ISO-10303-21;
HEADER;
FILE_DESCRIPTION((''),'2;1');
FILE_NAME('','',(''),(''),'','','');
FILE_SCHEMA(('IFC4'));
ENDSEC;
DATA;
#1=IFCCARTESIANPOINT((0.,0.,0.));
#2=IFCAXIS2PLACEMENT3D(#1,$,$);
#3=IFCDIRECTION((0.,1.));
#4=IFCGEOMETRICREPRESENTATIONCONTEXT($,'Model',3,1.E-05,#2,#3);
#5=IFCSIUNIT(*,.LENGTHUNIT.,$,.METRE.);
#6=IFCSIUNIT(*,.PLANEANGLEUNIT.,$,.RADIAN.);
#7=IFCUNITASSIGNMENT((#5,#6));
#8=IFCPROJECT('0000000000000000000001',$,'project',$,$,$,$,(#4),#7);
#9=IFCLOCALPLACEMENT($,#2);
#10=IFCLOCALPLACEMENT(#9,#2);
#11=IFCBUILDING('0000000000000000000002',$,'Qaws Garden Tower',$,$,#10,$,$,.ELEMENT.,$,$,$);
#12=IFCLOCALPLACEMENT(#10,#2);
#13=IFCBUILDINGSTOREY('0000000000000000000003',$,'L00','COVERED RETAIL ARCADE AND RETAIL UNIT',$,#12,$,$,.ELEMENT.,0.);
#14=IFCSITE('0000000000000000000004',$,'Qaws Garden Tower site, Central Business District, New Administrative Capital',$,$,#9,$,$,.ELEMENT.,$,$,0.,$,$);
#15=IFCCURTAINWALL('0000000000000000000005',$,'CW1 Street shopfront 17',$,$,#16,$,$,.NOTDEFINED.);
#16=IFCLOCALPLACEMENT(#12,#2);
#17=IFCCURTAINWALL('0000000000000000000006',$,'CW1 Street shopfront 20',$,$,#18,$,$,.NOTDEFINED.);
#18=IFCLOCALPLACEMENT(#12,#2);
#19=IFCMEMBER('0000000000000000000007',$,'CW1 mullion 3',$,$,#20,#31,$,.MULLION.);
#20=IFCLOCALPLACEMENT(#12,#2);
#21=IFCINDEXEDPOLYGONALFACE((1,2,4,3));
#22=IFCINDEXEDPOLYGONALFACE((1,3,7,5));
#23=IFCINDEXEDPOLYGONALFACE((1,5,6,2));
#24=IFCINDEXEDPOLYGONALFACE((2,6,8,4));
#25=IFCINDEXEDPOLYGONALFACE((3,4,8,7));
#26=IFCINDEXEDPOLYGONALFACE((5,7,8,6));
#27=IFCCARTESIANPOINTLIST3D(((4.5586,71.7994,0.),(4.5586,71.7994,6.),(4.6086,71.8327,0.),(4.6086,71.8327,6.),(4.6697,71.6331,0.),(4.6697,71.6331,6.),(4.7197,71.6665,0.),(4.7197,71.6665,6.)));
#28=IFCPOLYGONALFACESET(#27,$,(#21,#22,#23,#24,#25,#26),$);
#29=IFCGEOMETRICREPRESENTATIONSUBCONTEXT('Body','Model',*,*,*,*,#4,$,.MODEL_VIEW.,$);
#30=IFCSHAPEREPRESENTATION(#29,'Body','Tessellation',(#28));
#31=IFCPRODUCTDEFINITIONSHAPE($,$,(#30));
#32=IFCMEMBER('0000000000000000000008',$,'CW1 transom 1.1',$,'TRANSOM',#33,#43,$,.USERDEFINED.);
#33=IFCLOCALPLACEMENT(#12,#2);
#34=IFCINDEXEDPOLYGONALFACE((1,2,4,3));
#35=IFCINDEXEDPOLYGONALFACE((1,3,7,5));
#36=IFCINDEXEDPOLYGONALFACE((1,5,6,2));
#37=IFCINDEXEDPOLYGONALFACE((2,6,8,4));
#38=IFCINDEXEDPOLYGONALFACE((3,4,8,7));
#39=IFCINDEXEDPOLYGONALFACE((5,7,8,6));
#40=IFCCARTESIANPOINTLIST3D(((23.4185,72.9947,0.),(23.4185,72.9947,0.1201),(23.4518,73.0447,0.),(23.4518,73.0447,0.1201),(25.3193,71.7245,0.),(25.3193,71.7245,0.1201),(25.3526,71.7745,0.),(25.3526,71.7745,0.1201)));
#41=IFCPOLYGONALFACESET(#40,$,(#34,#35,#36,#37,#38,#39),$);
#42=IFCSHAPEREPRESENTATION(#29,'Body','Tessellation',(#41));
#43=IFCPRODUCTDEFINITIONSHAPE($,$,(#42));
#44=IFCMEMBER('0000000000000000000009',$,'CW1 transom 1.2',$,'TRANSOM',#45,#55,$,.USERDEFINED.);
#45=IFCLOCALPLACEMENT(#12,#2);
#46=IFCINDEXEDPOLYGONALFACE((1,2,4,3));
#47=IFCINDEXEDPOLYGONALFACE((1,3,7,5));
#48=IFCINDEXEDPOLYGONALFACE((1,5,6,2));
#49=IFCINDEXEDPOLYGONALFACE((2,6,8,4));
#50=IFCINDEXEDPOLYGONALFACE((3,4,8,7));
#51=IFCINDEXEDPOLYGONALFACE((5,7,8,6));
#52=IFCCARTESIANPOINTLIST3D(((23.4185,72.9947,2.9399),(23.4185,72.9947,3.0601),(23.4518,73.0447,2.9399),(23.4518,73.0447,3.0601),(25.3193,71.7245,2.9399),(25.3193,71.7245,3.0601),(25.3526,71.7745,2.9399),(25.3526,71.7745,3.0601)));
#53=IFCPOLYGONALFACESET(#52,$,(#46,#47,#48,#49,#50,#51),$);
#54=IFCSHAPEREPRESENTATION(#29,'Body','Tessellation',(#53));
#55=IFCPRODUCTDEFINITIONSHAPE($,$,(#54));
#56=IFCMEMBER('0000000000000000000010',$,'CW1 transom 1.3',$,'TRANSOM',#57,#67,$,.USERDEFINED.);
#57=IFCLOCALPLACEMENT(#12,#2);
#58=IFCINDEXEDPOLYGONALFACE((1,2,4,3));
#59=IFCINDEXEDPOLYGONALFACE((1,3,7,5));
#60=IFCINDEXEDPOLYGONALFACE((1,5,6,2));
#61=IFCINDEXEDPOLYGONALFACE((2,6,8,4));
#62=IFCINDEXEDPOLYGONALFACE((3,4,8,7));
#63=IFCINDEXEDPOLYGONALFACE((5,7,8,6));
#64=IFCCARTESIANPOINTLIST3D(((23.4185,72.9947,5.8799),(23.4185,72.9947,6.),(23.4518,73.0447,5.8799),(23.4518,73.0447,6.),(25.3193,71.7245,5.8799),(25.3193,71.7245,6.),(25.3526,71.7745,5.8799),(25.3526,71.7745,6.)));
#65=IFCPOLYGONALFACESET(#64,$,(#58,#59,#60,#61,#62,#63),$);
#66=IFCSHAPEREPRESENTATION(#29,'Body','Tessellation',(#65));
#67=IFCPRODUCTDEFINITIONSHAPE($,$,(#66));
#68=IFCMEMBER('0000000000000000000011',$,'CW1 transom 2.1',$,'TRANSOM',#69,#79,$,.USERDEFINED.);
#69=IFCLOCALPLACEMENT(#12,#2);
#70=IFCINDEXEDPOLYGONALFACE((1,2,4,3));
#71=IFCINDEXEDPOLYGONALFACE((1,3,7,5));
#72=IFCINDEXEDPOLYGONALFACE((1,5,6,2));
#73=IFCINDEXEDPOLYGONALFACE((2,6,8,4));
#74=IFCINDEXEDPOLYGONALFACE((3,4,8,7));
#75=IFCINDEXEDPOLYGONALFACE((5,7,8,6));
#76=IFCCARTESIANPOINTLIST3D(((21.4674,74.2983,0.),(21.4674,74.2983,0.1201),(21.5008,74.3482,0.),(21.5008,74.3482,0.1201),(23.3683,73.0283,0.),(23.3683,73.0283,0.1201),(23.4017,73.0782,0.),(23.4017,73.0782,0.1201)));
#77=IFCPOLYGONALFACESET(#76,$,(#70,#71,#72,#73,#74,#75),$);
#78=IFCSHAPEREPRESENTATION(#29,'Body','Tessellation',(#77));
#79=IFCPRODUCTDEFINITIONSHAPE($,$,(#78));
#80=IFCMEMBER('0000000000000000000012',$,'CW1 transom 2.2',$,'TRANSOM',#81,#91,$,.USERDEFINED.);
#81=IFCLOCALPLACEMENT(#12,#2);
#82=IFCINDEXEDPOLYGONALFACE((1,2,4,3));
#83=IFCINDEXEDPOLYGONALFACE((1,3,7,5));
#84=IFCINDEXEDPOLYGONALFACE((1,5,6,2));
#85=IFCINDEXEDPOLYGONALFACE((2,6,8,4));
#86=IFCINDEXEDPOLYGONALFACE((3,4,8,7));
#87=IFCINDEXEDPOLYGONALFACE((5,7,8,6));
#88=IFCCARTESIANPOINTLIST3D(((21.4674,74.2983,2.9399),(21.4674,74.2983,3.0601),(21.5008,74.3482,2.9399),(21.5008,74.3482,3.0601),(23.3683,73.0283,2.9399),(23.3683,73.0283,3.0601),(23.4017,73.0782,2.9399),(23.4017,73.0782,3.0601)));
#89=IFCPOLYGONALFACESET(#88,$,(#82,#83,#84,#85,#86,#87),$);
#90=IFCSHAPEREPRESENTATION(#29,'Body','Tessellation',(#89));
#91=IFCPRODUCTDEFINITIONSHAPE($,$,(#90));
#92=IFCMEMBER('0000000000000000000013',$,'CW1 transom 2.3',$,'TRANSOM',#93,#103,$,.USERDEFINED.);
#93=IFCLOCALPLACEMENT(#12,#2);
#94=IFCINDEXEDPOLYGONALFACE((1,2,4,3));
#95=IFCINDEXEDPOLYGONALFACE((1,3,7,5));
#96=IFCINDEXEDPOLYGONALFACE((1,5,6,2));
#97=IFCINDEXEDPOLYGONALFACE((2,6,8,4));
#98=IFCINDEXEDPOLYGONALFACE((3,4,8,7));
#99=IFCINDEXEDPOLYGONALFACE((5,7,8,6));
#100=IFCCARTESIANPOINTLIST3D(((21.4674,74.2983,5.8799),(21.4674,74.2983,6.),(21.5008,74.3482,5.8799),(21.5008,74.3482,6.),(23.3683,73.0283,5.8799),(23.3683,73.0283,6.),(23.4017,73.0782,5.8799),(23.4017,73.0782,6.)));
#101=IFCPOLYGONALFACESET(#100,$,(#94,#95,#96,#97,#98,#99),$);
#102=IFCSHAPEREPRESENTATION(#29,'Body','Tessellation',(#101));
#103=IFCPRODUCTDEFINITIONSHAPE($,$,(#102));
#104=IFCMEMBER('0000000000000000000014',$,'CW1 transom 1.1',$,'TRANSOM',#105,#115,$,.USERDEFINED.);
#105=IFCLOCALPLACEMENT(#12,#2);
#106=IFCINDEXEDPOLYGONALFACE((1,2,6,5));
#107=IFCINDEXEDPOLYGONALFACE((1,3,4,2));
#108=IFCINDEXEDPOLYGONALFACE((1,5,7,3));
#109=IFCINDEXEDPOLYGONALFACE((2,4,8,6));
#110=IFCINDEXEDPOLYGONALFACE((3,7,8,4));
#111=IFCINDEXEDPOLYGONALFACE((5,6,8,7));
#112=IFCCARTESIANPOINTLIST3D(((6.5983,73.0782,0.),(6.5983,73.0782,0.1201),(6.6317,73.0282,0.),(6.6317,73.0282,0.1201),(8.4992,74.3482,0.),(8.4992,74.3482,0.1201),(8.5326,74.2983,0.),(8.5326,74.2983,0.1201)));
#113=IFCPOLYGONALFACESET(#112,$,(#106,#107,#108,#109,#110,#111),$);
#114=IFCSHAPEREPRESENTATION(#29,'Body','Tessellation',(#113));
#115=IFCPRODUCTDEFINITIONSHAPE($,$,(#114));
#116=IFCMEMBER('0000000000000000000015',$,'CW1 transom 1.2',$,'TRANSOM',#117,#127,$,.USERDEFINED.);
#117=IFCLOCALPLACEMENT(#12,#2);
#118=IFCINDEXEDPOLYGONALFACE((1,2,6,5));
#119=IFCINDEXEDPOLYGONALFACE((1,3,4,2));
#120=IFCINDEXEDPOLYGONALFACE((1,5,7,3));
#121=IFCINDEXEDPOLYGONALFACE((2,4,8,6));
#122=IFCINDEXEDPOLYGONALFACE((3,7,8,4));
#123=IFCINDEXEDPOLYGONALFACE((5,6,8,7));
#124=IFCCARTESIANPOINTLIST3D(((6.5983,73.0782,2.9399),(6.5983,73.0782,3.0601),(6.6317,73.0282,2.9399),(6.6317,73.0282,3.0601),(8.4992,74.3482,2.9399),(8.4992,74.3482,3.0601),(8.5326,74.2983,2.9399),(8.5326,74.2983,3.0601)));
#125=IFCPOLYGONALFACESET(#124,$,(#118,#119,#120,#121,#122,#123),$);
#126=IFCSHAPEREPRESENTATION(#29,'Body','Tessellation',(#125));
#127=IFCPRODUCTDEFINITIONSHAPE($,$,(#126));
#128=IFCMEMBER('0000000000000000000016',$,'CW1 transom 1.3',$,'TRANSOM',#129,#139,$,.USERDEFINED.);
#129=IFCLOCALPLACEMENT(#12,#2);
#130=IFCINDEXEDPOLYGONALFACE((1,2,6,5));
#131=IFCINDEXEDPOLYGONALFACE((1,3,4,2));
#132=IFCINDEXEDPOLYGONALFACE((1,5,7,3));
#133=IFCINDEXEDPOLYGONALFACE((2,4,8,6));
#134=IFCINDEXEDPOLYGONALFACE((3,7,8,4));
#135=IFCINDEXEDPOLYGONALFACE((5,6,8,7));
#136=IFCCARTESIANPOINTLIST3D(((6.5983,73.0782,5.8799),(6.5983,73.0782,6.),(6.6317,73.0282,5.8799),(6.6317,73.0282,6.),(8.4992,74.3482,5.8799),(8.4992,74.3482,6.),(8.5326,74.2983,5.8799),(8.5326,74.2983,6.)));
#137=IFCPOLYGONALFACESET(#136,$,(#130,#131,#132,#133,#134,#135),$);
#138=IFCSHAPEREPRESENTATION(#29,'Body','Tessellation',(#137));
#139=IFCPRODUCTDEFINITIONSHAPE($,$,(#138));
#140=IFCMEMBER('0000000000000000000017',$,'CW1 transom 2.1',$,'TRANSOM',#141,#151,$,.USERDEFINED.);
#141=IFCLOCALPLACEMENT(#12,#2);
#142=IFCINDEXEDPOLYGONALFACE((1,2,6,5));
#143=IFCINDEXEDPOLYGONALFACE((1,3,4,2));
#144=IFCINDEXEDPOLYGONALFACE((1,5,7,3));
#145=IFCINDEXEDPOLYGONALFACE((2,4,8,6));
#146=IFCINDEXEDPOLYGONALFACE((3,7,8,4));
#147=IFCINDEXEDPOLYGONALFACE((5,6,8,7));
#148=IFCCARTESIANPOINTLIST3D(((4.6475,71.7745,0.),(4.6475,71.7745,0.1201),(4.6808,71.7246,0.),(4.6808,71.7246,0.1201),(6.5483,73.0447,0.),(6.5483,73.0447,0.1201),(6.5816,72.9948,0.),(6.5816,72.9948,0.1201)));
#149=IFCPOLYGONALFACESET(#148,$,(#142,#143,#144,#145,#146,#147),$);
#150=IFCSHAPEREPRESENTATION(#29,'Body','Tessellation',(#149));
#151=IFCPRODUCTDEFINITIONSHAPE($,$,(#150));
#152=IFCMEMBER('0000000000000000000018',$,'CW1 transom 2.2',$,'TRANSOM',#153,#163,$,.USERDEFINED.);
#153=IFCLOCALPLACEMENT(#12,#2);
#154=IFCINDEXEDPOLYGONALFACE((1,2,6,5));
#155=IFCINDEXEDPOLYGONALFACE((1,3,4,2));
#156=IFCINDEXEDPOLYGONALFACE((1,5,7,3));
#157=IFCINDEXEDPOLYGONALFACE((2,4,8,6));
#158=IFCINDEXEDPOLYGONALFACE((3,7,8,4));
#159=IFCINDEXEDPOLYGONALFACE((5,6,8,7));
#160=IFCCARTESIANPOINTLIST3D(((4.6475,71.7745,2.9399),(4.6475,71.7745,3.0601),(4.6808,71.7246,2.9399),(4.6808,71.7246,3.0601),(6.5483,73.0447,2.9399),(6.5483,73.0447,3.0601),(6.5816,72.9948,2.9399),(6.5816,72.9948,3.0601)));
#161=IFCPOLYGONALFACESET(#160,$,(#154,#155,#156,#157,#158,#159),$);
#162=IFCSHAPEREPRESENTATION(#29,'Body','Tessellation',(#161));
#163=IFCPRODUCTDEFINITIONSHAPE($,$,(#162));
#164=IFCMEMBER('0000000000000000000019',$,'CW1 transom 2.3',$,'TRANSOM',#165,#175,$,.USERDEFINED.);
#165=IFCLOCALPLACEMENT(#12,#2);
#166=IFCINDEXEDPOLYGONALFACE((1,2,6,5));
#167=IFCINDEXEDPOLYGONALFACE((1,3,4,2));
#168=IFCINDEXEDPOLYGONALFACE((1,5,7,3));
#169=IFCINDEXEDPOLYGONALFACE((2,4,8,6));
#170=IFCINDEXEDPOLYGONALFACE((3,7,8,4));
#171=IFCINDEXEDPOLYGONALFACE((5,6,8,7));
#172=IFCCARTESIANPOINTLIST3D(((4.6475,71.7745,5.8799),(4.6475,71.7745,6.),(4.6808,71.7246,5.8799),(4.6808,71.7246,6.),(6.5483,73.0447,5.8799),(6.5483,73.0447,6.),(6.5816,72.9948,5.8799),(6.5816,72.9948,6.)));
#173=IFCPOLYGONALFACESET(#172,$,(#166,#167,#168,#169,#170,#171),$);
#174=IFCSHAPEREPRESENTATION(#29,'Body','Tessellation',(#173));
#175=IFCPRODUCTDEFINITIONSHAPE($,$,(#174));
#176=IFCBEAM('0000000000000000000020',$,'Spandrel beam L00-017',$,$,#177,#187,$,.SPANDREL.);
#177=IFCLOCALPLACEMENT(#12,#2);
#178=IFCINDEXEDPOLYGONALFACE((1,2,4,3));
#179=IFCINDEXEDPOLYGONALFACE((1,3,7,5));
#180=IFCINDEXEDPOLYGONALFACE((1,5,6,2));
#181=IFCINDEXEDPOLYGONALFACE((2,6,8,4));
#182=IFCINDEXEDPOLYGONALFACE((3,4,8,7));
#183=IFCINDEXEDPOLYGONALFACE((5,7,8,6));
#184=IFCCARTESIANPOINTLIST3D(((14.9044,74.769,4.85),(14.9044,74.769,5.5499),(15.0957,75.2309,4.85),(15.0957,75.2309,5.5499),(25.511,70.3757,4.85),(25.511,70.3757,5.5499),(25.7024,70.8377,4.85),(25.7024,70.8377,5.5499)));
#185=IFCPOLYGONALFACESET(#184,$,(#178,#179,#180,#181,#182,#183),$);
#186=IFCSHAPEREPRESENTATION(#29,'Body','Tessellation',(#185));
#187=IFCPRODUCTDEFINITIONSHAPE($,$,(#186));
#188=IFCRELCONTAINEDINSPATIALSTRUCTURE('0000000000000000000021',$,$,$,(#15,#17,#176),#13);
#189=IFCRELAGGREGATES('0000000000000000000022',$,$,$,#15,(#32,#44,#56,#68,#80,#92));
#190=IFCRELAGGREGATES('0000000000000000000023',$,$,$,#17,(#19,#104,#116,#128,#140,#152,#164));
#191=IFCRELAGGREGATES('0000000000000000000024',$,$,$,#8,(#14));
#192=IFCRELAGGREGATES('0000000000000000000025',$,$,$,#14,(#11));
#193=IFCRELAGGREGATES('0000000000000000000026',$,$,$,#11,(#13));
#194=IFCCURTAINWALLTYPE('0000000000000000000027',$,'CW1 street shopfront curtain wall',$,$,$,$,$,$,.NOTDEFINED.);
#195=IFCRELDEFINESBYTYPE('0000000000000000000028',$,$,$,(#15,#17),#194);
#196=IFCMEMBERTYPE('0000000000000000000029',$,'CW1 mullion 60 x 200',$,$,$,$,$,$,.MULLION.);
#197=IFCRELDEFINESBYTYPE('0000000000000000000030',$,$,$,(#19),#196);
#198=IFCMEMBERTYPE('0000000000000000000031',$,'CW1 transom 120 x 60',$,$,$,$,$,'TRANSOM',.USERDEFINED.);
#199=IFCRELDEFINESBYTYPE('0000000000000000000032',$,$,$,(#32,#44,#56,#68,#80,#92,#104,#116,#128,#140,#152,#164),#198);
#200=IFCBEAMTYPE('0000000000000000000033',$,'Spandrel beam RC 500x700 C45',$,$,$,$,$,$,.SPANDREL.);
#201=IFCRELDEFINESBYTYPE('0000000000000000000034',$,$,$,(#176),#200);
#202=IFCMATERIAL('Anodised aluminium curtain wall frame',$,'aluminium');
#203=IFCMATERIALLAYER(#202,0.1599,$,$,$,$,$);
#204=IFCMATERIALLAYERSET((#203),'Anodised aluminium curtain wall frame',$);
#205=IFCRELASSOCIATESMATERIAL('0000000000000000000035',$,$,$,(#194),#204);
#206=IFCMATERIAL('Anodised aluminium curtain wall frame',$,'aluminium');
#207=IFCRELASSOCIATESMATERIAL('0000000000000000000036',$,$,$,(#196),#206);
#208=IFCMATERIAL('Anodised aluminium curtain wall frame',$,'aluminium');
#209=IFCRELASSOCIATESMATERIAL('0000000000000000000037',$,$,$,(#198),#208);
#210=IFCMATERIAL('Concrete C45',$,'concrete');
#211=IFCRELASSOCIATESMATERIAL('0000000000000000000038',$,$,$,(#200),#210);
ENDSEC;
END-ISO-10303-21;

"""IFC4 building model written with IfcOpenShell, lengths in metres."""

from ifc_helpers import new_model, si_unit, direction, frame, origin, origin_2d, place, context, subcontext, project, spatial, rectangle, extrude, material, layer, layer_set, material_profile, profile_set, type_object, element, aggregate, save


model = new_model("IFC4")

# Units and contexts
model_context = context("Model", 3, precision=1e-05, world=origin(), true_north=direction((0.0, 1.0)))
body_context = subcontext(model_context, "Body", "Model", "MODEL_VIEW")
ifc_project = project(units=[si_unit("LENGTHUNIT", "METRE"), si_unit("PLANEANGLEUNIT", "RADIAN")], contexts=[model_context])

# Site, building, storey
site_placement = place(None, origin())
site = spatial("IfcSite", under=ifc_project, at=site_placement, Name="Qaws Garden Tower site, Central Business District, New Administrative Capital", CompositionType="ELEMENT", RefElevation=0.0)
building_placement = place(site_placement, origin())
building = spatial("IfcBuilding", under=site, at=building_placement, Name="Qaws Garden Tower", CompositionType="ELEMENT")
storey_placement = place(building_placement, origin())
storey = spatial("IfcBuildingStorey", under=building, at=storey_placement, Name="L00", Description="COVERED RETAIL ARCADE AND RETAIL UNIT", CompositionType="ELEMENT", Elevation=0.0)

# Shared definitions
ifc_material_1 = material(Name="Anodised aluminium curtain wall frame", Category="aluminium")
ifc_layer_1 = layer(ifc_material_1, 0.1599)
ifc_layer_set_1 = layer_set([ifc_layer_1], Name="Anodised aluminium curtain wall frame")
curtain_wall_type = type_object("IfcCurtainWallType", Name="CW1 street shopfront curtain wall", PredefinedType="NOTDEFINED", material=ifc_layer_set_1)
placement = place(storey_placement, origin())
ifc_material_2 = material(Name="Anodised aluminium curtain wall frame", Category="aluminium")
ifc_material_profile_1 = material_profile(ifc_material_2, rectangle(XDim=0.2, YDim=0.0601, at=origin_2d()), Name="AL 60x200")
ifc_profile_set_1 = profile_set([ifc_material_profile_1], Name="Anodised aluminium curtain wall frame")
member_type_1 = type_object("IfcMemberType", Name="CW1 mullion 60 x 200", PredefinedType="MULLION", material=ifc_profile_set_1)

# Curtain wall
curtain_wall_1 = element("IfcCurtainWall", 1, at=placement, inside=storey, type_object=curtain_wall_type, Name="CW1 Street shopfront 17", PredefinedType="NOTDEFINED")

# Curtain wall, member
curtain_wall_2 = element("IfcCurtainWall", 2, at=placement, inside=storey, type_object=curtain_wall_type, Name="CW1 Street shopfront 20", PredefinedType="NOTDEFINED")
member_1_placement = place(storey_placement, frame((4.6392, 71.7329, 0.0), z_axis=(0.0, 0.0, 1.0), x_axis=(0.55557, -0.83147, 0.0)))
member_1 = element("IfcMember", 3, at=member_1_placement, type_object=member_type_1, Name="CW1 mullion 3", PredefinedType="MULLION", context=body_context, shape_type="SweptSolid", body=[
    extrude(rectangle(XDim=0.2, YDim=0.0601, at=origin_2d()), origin(), (0.0, 0.0, 1.0), 6.0),
])

# Members
ifc_material_3 = material(Name="Anodised aluminium curtain wall frame", Category="aluminium")
ifc_material_profile_2 = material_profile(ifc_material_3, rectangle(XDim=0.0601, YDim=0.1201, at=origin_2d()), Name="AL 60x120")
ifc_profile_set_2 = profile_set([ifc_material_profile_2], Name="Anodised aluminium curtain wall frame")
member_type_2 = type_object("IfcMemberType", Name="CW1 transom 120 x 60", ElementType="TRANSOM", PredefinedType="USERDEFINED", material=ifc_profile_set_2)
member_2_placement = place(storey_placement, frame((25.3359, 71.7495, 0.0601), z_axis=(-0.831442, 0.555612, 0.0), x_axis=(-0.555612, -0.831442, 0.0)))
member_2 = element("IfcMember", 4, at=member_2_placement, type_object=member_type_2, Name="CW1 transom 1.1", ObjectType="TRANSOM", PredefinedType="USERDEFINED", context=body_context, shape_type="SweptSolid", body=[
    extrude(rectangle(XDim=0.0601, YDim=0.1201, at=origin_2d()), origin(), (0.0, 0.0, 1.0), 2.2861),
])
member_3_placement = place(storey_placement, frame((25.3359, 71.7495, 3.0), z_axis=(-0.831442, 0.555612, 0.0), x_axis=(-0.555612, -0.831442, 0.0)))
member_3 = element("IfcMember", 5, at=member_3_placement, type_object=member_type_2, Name="CW1 transom 1.2", ObjectType="TRANSOM", PredefinedType="USERDEFINED", context=body_context, shape_type="SweptSolid", body=[
    extrude(rectangle(XDim=0.0601, YDim=0.1201, at=origin_2d()), origin(), (0.0, 0.0, 1.0), 2.2861),
])
member_4_placement = place(storey_placement, frame((25.3359, 71.7495, 5.9399), z_axis=(-0.831442, 0.555612, 0.0), x_axis=(-0.555612, -0.831442, 0.0)))
member_4 = element("IfcMember", 6, at=member_4_placement, type_object=member_type_2, Name="CW1 transom 1.3", ObjectType="TRANSOM", PredefinedType="USERDEFINED", context=body_context, shape_type="SweptSolid", body=[
    extrude(rectangle(XDim=0.0601, YDim=0.1201, at=origin_2d()), origin(), (0.0, 0.0, 1.0), 2.2861),
])
member_5_placement = place(storey_placement, frame((23.385, 73.0532, 0.0601), z_axis=(-0.831491, 0.555538, 0.0), x_axis=(-0.555538, -0.831491, 0.0)))
member_5 = element("IfcMember", 7, at=member_5_placement, type_object=member_type_2, Name="CW1 transom 2.1", ObjectType="TRANSOM", PredefinedType="USERDEFINED", context=body_context, shape_type="SweptSolid", body=[
    extrude(rectangle(XDim=0.0601, YDim=0.1201, at=origin_2d()), origin(), (0.0, 0.0, 1.0), 2.2861),
])
member_6_placement = place(storey_placement, frame((23.385, 73.0532, 3.0), z_axis=(-0.831491, 0.555538, 0.0), x_axis=(-0.555538, -0.831491, 0.0)))
member_6 = element("IfcMember", 8, at=member_6_placement, type_object=member_type_2, Name="CW1 transom 2.2", ObjectType="TRANSOM", PredefinedType="USERDEFINED", context=body_context, shape_type="SweptSolid", body=[
    extrude(rectangle(XDim=0.0601, YDim=0.1201, at=origin_2d()), origin(), (0.0, 0.0, 1.0), 2.2861),
])
member_7_placement = place(storey_placement, frame((23.385, 73.0532, 5.9399), z_axis=(-0.831491, 0.555538, 0.0), x_axis=(-0.555538, -0.831491, 0.0)))
member_7 = element("IfcMember", 9, at=member_7_placement, type_object=member_type_2, Name="CW1 transom 2.3", ObjectType="TRANSOM", PredefinedType="USERDEFINED", context=body_context, shape_type="SweptSolid", body=[
    extrude(rectangle(XDim=0.0601, YDim=0.1201, at=origin_2d()), origin(), (0.0, 0.0, 1.0), 2.2861),
])
member_8_placement = place(storey_placement, frame((8.5159, 74.3232, 0.0601), z_axis=(-0.831491, -0.555538, 0.0), x_axis=(0.555538, -0.831491, 0.0)))
member_8 = element("IfcMember", 10, at=member_8_placement, type_object=member_type_2, Name="CW1 transom 1.1", ObjectType="TRANSOM", PredefinedType="USERDEFINED", context=body_context, shape_type="SweptSolid", body=[
    extrude(rectangle(XDim=0.0601, YDim=0.1201, at=origin_2d()), origin(), (0.0, 0.0, 1.0), 2.2861),
])
member_9_placement = place(storey_placement, frame((8.5159, 74.3232, 3.0), z_axis=(-0.831491, -0.555538, 0.0), x_axis=(0.555538, -0.831491, 0.0)))
member_9 = element("IfcMember", 11, at=member_9_placement, type_object=member_type_2, Name="CW1 transom 1.2", ObjectType="TRANSOM", PredefinedType="USERDEFINED", context=body_context, shape_type="SweptSolid", body=[
    extrude(rectangle(XDim=0.0601, YDim=0.1201, at=origin_2d()), origin(), (0.0, 0.0, 1.0), 2.2861),
])
member_10_placement = place(storey_placement, frame((8.5159, 74.3232, 5.9399), z_axis=(-0.831491, -0.555538, 0.0), x_axis=(0.555538, -0.831491, 0.0)))
member_10 = element("IfcMember", 12, at=member_10_placement, type_object=member_type_2, Name="CW1 transom 1.3", ObjectType="TRANSOM", PredefinedType="USERDEFINED", context=body_context, shape_type="SweptSolid", body=[
    extrude(rectangle(XDim=0.0601, YDim=0.1201, at=origin_2d()), origin(), (0.0, 0.0, 1.0), 2.2861),
])
member_11_placement = place(storey_placement, frame((6.5649, 73.0198, 0.0601), z_axis=(-0.831442, -0.555612, 0.0), x_axis=(0.555612, -0.831442, 0.0)))
member_11 = element("IfcMember", 13, at=member_11_placement, type_object=member_type_2, Name="CW1 transom 2.1", ObjectType="TRANSOM", PredefinedType="USERDEFINED", context=body_context, shape_type="SweptSolid", body=[
    extrude(rectangle(XDim=0.0601, YDim=0.1201, at=origin_2d()), origin(), (0.0, 0.0, 1.0), 2.2861),
])
member_12_placement = place(storey_placement, frame((6.5649, 73.0198, 3.0), z_axis=(-0.831442, -0.555612, 0.0), x_axis=(0.555612, -0.831442, 0.0)))
member_12 = element("IfcMember", 14, at=member_12_placement, type_object=member_type_2, Name="CW1 transom 2.2", ObjectType="TRANSOM", PredefinedType="USERDEFINED", context=body_context, shape_type="SweptSolid", body=[
    extrude(rectangle(XDim=0.0601, YDim=0.1201, at=origin_2d()), origin(), (0.0, 0.0, 1.0), 2.2861),
])
member_13_placement = place(storey_placement, frame((6.5649, 73.0198, 5.9399), z_axis=(-0.831442, -0.555612, 0.0), x_axis=(0.555612, -0.831442, 0.0)))
member_13 = element("IfcMember", 15, at=member_13_placement, type_object=member_type_2, Name="CW1 transom 2.3", ObjectType="TRANSOM", PredefinedType="USERDEFINED", context=body_context, shape_type="SweptSolid", body=[
    extrude(rectangle(XDim=0.0601, YDim=0.1201, at=origin_2d()), origin(), (0.0, 0.0, 1.0), 2.2861),
])

# Beam
ifc_material_4 = material(Name="Concrete C45", Category="concrete")
ifc_material_profile_3 = material_profile(ifc_material_4, rectangle(XDim=0.5, YDim=0.7, at=origin_2d()), Name="RC 500x700")
ifc_profile_set_3 = profile_set([ifc_material_profile_3], Name="Concrete C45")
beam_type = type_object("IfcBeamType", Name="Spandrel beam RC 500x700 C45", PredefinedType="SPANDREL", material=ifc_profile_set_3)
for number, where, z_axis, x_axis, name in (
    (16, (25.6067, 70.6067, 5.2), (-0.923883, 0.382674, 0.0), (-0.382674, -0.923883, 0.0), "Spandrel beam L00-017"),
):
    element("IfcBeam", number, at=place(storey_placement, frame(where, z_axis=z_axis, x_axis=x_axis)), inside=storey, type_object=beam_type, Name=name, PredefinedType="SPANDREL", context=body_context, shape_type="SweptSolid", body=[
        extrude(rectangle(XDim=0.5, YDim=0.7, at=origin_2d()), origin(), (0.0, 0.0, 1.0), 11.4805),
    ])

aggregate(curtain_wall_1, [member_2, member_3, member_4, member_5, member_6, member_7])
aggregate(curtain_wall_2, [member_1, member_8, member_9, member_10, member_11, member_12, member_13])

save(model, "model.ifc")
